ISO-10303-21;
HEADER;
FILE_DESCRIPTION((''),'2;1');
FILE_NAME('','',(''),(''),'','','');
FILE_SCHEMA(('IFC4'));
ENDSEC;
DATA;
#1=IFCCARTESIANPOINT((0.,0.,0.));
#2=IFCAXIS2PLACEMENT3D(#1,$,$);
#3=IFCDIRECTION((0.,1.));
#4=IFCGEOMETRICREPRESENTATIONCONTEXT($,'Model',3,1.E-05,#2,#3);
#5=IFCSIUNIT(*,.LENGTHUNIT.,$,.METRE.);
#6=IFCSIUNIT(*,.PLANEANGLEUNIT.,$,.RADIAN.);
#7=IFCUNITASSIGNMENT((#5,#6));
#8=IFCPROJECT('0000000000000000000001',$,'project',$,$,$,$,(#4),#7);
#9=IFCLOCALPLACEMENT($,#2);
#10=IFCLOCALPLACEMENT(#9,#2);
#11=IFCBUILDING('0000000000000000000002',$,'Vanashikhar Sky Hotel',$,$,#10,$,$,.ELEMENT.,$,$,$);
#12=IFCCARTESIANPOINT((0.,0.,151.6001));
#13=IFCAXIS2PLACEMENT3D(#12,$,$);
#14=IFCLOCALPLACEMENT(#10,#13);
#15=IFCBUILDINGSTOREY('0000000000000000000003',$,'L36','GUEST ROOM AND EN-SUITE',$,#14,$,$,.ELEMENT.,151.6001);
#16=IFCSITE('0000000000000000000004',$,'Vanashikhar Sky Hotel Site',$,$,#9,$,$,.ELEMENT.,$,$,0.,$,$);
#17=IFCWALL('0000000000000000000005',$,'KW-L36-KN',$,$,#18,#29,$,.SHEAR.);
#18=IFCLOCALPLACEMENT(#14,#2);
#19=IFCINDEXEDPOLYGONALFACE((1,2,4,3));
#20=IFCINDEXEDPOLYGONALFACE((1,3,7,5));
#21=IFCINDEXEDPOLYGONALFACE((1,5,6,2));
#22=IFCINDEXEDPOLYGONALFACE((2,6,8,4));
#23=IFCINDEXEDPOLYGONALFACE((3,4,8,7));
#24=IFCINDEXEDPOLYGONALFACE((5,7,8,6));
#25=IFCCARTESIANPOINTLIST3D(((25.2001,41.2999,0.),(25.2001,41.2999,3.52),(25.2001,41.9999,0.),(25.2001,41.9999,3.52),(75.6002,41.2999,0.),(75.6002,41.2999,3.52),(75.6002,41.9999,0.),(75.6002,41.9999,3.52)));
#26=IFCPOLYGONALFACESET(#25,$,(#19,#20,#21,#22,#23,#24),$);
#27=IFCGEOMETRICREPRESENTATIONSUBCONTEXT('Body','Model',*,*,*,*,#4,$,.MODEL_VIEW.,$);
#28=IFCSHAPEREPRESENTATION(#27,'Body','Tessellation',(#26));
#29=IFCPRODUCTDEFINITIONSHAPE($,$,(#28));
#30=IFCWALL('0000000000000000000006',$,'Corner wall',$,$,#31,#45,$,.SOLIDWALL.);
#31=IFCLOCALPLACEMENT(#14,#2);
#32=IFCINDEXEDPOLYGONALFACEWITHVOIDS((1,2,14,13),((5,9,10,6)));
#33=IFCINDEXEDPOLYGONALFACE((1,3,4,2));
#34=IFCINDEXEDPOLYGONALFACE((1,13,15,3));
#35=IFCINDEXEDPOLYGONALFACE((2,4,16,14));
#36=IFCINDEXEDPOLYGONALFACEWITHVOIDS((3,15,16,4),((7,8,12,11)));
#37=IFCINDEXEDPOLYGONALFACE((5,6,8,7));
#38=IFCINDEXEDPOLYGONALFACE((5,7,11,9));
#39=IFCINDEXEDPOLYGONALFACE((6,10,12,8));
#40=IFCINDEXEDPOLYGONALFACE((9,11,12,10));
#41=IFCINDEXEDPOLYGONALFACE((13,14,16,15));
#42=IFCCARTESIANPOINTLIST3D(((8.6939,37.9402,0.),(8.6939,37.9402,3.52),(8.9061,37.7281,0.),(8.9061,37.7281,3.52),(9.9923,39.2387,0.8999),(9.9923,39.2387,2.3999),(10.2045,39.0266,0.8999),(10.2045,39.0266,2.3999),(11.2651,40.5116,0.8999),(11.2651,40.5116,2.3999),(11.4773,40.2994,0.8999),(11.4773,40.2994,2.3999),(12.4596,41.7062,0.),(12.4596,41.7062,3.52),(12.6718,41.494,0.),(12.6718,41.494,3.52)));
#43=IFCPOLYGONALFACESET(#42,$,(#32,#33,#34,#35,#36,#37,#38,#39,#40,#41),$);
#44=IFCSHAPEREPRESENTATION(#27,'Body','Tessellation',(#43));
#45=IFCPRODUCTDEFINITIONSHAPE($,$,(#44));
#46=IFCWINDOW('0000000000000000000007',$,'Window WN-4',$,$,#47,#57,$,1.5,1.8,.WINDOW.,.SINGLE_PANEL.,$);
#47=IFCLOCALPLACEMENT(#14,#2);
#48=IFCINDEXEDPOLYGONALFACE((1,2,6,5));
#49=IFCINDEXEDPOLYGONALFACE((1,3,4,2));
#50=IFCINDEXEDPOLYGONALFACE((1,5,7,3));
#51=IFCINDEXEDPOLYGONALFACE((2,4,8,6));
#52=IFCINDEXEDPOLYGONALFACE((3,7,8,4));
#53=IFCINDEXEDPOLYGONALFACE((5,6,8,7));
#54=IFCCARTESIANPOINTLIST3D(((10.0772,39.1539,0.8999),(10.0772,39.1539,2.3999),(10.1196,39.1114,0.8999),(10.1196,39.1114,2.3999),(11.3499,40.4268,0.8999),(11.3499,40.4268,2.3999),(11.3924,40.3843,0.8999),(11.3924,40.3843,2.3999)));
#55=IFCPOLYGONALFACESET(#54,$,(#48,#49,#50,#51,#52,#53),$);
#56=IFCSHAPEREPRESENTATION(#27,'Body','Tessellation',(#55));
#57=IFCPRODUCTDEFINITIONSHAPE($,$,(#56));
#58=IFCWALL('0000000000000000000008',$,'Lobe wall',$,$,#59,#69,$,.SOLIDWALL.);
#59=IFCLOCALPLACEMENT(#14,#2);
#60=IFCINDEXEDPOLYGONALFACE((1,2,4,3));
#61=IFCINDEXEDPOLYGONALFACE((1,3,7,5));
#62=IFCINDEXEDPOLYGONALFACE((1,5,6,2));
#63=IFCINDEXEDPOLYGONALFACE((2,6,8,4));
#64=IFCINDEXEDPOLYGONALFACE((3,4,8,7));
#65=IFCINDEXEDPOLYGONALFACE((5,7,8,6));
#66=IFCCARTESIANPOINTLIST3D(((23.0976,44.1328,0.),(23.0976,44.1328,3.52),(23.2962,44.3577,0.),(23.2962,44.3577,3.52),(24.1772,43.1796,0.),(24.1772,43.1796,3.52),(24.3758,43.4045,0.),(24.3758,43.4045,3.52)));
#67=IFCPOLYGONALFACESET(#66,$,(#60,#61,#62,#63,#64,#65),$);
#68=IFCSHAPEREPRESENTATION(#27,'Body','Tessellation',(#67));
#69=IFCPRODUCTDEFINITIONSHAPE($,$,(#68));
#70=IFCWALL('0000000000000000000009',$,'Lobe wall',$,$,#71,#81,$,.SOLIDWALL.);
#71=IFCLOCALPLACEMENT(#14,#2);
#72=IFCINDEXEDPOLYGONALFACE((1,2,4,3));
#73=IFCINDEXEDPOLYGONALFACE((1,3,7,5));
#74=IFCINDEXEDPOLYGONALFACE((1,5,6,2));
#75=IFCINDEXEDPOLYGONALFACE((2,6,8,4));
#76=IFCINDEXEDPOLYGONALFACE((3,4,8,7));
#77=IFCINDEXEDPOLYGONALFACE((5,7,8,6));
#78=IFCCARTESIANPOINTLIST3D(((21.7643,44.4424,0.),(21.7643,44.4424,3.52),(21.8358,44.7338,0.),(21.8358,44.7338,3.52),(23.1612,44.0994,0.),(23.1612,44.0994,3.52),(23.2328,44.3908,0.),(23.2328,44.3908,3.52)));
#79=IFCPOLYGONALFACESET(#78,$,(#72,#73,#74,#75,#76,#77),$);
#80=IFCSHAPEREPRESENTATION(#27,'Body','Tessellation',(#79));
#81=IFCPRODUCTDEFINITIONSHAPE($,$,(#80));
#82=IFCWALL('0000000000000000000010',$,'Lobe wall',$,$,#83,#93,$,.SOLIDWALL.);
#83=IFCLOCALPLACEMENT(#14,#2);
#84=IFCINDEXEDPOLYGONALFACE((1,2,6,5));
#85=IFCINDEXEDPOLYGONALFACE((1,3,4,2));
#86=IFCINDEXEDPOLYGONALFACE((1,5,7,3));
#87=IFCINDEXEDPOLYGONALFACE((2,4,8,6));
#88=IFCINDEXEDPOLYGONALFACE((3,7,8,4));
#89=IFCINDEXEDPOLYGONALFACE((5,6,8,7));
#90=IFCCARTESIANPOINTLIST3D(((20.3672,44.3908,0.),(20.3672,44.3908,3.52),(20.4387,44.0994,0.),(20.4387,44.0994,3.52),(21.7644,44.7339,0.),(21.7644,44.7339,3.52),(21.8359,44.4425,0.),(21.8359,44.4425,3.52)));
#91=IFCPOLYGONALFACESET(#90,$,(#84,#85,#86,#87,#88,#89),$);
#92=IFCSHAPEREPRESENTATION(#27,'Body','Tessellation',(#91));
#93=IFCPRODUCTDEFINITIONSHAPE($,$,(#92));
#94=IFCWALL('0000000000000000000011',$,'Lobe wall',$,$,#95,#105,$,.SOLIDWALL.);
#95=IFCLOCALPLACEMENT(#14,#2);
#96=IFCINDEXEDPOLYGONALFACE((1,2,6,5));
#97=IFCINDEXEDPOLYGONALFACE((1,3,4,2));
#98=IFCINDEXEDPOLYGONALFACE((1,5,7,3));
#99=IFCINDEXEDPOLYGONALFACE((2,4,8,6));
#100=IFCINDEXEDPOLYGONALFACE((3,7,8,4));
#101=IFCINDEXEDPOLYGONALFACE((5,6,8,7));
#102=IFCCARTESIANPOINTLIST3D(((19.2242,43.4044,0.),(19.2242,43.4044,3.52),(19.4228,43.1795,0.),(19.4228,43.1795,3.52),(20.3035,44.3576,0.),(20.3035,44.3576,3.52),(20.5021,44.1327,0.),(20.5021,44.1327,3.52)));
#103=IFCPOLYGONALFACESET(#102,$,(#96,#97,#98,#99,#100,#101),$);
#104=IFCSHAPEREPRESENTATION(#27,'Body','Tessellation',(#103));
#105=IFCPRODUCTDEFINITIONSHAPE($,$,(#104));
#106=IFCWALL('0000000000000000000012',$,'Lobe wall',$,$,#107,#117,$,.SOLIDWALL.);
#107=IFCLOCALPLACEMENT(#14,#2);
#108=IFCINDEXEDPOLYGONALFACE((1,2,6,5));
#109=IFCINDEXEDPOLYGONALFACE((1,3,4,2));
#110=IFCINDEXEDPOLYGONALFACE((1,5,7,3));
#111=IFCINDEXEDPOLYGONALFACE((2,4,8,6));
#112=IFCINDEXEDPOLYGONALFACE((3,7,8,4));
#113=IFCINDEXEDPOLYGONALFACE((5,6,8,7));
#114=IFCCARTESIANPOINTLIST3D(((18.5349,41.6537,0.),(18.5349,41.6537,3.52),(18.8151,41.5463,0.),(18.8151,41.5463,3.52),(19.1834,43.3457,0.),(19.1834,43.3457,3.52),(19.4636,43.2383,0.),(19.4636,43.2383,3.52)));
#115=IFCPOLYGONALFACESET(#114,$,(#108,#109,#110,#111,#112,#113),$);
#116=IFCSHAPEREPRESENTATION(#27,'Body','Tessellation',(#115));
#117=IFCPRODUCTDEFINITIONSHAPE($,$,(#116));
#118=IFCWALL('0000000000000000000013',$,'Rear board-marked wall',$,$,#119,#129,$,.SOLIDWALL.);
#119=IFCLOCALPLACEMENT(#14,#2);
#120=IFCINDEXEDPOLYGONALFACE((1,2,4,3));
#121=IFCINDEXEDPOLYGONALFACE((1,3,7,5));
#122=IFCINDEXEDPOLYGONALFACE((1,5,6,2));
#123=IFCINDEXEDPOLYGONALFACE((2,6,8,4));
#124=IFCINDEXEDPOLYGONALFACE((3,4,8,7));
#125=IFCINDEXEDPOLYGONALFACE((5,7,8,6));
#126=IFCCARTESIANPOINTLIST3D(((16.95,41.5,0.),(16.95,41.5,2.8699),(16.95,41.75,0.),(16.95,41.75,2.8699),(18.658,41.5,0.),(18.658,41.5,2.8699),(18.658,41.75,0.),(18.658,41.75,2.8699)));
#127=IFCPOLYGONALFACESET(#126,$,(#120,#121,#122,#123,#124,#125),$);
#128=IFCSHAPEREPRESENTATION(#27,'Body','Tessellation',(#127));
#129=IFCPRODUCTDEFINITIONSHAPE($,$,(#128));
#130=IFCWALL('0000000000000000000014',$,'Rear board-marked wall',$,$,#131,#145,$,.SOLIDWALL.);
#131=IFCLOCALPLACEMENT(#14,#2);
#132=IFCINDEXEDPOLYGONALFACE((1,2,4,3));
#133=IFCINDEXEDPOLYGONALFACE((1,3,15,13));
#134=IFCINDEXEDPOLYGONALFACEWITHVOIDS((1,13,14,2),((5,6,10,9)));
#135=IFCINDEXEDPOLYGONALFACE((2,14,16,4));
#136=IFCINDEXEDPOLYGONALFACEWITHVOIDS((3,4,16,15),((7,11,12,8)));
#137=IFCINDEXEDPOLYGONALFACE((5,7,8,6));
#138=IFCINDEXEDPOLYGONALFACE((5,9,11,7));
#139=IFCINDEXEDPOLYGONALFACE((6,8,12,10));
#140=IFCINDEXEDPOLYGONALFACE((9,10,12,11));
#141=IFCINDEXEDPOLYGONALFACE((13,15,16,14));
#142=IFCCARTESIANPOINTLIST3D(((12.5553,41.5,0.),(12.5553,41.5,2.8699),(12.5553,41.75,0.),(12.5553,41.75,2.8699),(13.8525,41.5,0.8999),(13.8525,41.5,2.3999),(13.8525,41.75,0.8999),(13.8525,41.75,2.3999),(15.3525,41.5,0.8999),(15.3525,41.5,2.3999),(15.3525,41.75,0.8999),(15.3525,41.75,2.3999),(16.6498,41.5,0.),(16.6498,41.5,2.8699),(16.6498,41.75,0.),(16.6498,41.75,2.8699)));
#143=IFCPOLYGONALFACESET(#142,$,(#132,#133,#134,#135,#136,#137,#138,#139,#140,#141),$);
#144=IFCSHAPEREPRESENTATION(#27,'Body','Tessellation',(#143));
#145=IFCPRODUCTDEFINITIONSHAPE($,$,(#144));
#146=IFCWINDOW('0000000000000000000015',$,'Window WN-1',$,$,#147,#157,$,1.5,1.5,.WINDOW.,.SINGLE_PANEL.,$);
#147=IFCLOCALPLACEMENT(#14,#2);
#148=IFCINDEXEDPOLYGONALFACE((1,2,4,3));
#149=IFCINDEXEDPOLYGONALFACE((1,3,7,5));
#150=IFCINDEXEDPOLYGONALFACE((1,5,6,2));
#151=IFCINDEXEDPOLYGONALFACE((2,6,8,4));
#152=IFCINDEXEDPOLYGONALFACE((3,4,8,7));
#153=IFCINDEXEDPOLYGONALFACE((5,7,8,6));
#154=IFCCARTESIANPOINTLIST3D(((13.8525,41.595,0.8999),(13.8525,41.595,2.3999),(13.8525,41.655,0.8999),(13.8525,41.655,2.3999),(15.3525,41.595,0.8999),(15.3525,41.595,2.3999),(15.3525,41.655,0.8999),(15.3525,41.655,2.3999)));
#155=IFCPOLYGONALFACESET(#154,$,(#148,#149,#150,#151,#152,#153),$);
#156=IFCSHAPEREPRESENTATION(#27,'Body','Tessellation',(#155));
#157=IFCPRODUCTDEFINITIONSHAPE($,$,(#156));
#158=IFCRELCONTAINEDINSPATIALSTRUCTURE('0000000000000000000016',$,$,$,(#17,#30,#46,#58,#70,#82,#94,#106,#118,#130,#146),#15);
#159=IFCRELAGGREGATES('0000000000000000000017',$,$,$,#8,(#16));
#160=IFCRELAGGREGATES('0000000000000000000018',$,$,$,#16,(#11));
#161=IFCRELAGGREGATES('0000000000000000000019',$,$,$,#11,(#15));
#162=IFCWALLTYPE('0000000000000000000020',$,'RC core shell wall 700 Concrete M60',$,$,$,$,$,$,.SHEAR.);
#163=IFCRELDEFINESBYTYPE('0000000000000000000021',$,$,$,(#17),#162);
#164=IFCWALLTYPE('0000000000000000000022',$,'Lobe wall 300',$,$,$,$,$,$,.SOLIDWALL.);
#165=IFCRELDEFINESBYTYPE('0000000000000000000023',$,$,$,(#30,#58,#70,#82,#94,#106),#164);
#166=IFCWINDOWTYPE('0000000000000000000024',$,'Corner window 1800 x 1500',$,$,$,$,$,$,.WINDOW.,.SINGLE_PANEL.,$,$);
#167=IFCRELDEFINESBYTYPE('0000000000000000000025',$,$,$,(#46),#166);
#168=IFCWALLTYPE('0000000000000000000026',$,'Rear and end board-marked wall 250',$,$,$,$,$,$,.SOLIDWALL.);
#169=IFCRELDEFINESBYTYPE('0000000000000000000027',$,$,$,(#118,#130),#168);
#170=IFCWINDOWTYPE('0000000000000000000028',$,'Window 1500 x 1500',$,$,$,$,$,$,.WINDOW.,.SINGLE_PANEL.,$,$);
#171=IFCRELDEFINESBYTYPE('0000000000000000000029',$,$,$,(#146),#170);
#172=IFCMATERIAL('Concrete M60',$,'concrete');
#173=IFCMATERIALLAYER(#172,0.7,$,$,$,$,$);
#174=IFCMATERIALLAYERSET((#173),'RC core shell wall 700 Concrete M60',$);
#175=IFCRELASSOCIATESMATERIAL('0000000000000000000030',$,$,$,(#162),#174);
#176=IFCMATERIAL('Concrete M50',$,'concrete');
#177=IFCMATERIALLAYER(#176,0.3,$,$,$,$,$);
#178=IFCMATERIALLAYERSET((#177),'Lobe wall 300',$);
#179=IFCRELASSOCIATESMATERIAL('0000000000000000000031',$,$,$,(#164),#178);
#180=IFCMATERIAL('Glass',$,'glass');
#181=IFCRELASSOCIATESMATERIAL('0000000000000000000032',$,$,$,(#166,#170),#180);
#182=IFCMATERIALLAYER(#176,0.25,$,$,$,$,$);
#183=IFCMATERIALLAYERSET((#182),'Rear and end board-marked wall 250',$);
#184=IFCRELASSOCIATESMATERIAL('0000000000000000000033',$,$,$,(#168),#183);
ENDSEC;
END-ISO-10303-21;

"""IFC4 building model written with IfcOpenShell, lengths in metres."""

from ifc_helpers import new_model, si_unit, direction, frame, frame_2d, origin, place, context, subcontext, project, spatial, rectangle, extrude, source, transform, mapped, material, layer, layer_set, type_object, element, fill, save


model = new_model("IFC4")

# Units and contexts
model_context = context("Model", 3, precision=1e-05, world=origin(), true_north=direction((0.0, 1.0)))
body_context = subcontext(model_context, "Body", "Model", "MODEL_VIEW")
ifc_project = project(units=[si_unit("LENGTHUNIT", "METRE"), si_unit("PLANEANGLEUNIT", "RADIAN")], contexts=[model_context])

# Site, building, storey
site_placement = place(None, origin())
site = spatial("IfcSite", under=ifc_project, at=site_placement, Name="Vanashikhar Sky Hotel Site", CompositionType="ELEMENT", RefElevation=0.0)
building_placement = place(site_placement, origin())
building = spatial("IfcBuilding", under=site, at=building_placement, Name="Vanashikhar Sky Hotel", CompositionType="ELEMENT")
storey_placement = place(building_placement, frame((0.0, 0.0, 151.6001)))
storey = spatial("IfcBuildingStorey", under=building, at=storey_placement, Name="L36", Description="GUEST ROOM AND EN-SUITE", CompositionType="ELEMENT", Elevation=151.6001)

# Wall
ifc_material_1 = material(Name="Concrete M60", Category="concrete")
ifc_layer_1 = layer(ifc_material_1, 0.7)
ifc_layer_set_1 = layer_set([ifc_layer_1], Name="RC core shell wall 700 Concrete M60")
wall_type_1 = type_object("IfcWallType", Name="RC core shell wall 700 Concrete M60", PredefinedType="SHEAR", material=ifc_layer_set_1)
shared_shape_1 = source(origin(), body_context, "Body", "SweptSolid", [
    extrude(rectangle(XDim=50.4001, YDim=0.7, at=frame_2d((25.2002, 0.0))), origin(), (0.0, 0.0, 1.0), 3.52),
])
wall_1_placement = place(storey_placement, frame((25.2, 41.6499, 0.0), z_axis=(0.0, 0.0, 1.0), x_axis=(1.0, 0.0, 0.0)))
element("IfcWall", 1, at=wall_1_placement, inside=storey, type_object=wall_type_1, Name="KW-L36-KN", PredefinedType="SHEAR", context=body_context, shape_type="MappedRepresentation", body=[
    mapped(shared_shape_1, transform((0.0, 0.0, 0.0), scale=1.0)),
])

# Wall, opening, window
ifc_material_2 = material(Name="Concrete M50", Category="concrete")
ifc_layer_2 = layer(ifc_material_2, 0.3)
ifc_layer_set_2 = layer_set([ifc_layer_2], Name="Lobe wall 300")
wall_type_2 = type_object("IfcWallType", Name="Lobe wall 300", PredefinedType="SOLIDWALL", material=ifc_layer_set_2)
shared_shape_2 = source(origin(), body_context, "Body", "SweptSolid", [
    extrude(rectangle(XDim=5.3257, YDim=0.3, at=frame_2d((2.6628, 0.0))), origin(), (0.0, 0.0, 1.0), 3.52),
])
wall_2_placement = place(storey_placement, frame((12.5657, 41.6001, 0.0), z_axis=(0.0, 0.0, 1.0), x_axis=(-0.707084, -0.70713, 0.0)))
wall_2 = element("IfcWall", 2, at=wall_2_placement, inside=storey, type_object=wall_type_2, Name="Corner wall", PredefinedType="SOLIDWALL", context=body_context, shape_type="MappedRepresentation", body=[
    mapped(shared_shape_2, transform((0.0, 0.0, 0.0), scale=1.0)),
])
shared_shape_3 = source(origin(), body_context, "Body", "SweptSolid", [
    extrude(rectangle(XDim=1.8, YDim=1.5, at=frame_2d((0.8999, 0.75))), frame((0.0, 0.1602, 0.0), z_axis=(0.0, -1.0, 0.0), x_axis=(1.0, 0.0, 0.0)), (0.0, 0.0, 1.0), 0.3201),
])
opening_1_placement = place(wall_2_placement, frame((1.6895, 0.0, 0.8999)))
opening_1 = element("IfcOpeningElement", 3, at=opening_1_placement, cuts=wall_2, PredefinedType="OPENING", context=body_context, shape_type="MappedRepresentation", body=[
    mapped(shared_shape_3, transform((0.0, 0.0, 0.0), scale=1.0)),
])
ifc_material_3 = material(Name="Glass", Category="glass")
window_type_1 = type_object("IfcWindowType", Name="Corner window 1800 x 1500", PartitioningType="SINGLE_PANEL", PredefinedType="WINDOW", material=ifc_material_3)
shared_shape_4 = source(origin(), body_context, "Body", "SweptSolid", [
    extrude(rectangle(XDim=1.8, YDim=1.5, at=frame_2d((0.8999, 0.75))), frame((0.0, 0.03, 0.0), z_axis=(0.0, -1.0, 0.0), x_axis=(1.0, 0.0, 0.0)), (0.0, 0.0, 1.0), 0.0601),
])
window_1_placement = place(opening_1_placement, origin())
window_1 = element("IfcWindow", 4, at=window_1_placement, inside=storey, type_object=window_type_1, Name="Window WN-4", OverallHeight=1.5, OverallWidth=1.8, PartitioningType="SINGLE_PANEL", PredefinedType="WINDOW", context=body_context, shape_type="MappedRepresentation", body=[
    mapped(shared_shape_4, transform((0.0, 0.0, 0.0), scale=1.0)),
])
fill(opening_1, window_1)

# Walls
shared_shape_5 = source(origin(), body_context, "Body", "SweptSolid", [
    extrude(rectangle(XDim=1.4402, YDim=0.3, at=frame_2d((0.7202, 0.0))), origin(), (0.0, 0.0, 1.0), 3.52),
])
wall_3_placement = place(storey_placement, frame((24.2766, 43.292, 0.0), z_axis=(0.0, 0.0, 1.0), x_axis=(-0.74965, 0.661835, 0.0)))
element("IfcWall", 5, at=wall_3_placement, inside=storey, type_object=wall_type_2, Name="Lobe wall", PredefinedType="SOLIDWALL", context=body_context, shape_type="MappedRepresentation", body=[
    mapped(shared_shape_5, transform((0.0, 0.0, 0.0), scale=1.0)),
])
shared_shape_6 = source(origin(), body_context, "Body", "SweptSolid", [
    extrude(rectangle(XDim=1.4385, YDim=0.3, at=frame_2d((0.7192, 0.0))), origin(), (0.0, 0.0, 1.0), 3.52),
])
wall_4_placement = place(storey_placement, frame((23.197, 44.2451, 0.0), z_axis=(0.0, 0.0, 1.0), x_axis=(-0.971152, 0.23846, 0.0)))
element("IfcWall", 6, at=wall_4_placement, inside=storey, type_object=wall_type_2, Name="Lobe wall", PredefinedType="SOLIDWALL", context=body_context, shape_type="MappedRepresentation", body=[
    mapped(shared_shape_6, transform((0.0, 0.0, 0.0), scale=1.0)),
])
shared_shape_7 = source(origin(), body_context, "Body", "SweptSolid", [
    extrude(rectangle(XDim=1.4387, YDim=0.3, at=frame_2d((0.7192, 0.0))), origin(), (0.0, 0.0, 1.0), 3.52),
])
wall_5_placement = place(storey_placement, frame((21.8, 44.5881, 0.0), z_axis=(0.0, 0.0, 1.0), x_axis=(-0.971162, -0.238421, 0.0)))
element("IfcWall", 7, at=wall_5_placement, inside=storey, type_object=wall_type_2, Name="Lobe wall", PredefinedType="SOLIDWALL", context=body_context, shape_type="MappedRepresentation", body=[
    mapped(shared_shape_7, transform((0.0, 0.0, 0.0), scale=1.0)),
])
shared_shape_8 = source(origin(), body_context, "Body", "SweptSolid", [
    extrude(rectangle(XDim=1.4399, YDim=0.3, at=frame_2d((0.72, 0.0))), origin(), (0.0, 0.0, 1.0), 3.52),
])
wall_6_placement = place(storey_placement, frame((20.4028, 44.2451, 0.0), z_axis=(0.0, 0.0, 1.0), x_axis=(-0.749576, -0.661919, 0.0)))
element("IfcWall", 8, at=wall_6_placement, inside=storey, type_object=wall_type_2, Name="Lobe wall", PredefinedType="SOLIDWALL", context=body_context, shape_type="MappedRepresentation", body=[
    mapped(shared_shape_8, transform((0.0, 0.0, 0.0), scale=1.0)),
])
shared_shape_9 = source(origin(), body_context, "Body", "SweptSolid", [
    extrude(rectangle(XDim=1.812, YDim=0.3, at=frame_2d((0.906, 0.0))), origin(), (0.0, 0.0, 1.0), 3.52),
])
wall_7_placement = place(storey_placement, frame((19.3235, 43.292, 0.0), z_axis=(0.0, 0.0, 1.0), x_axis=(-0.357877, -0.933769, 0.0)))
element("IfcWall", 9, at=wall_7_placement, inside=storey, type_object=wall_type_2, Name="Lobe wall", PredefinedType="SOLIDWALL", context=body_context, shape_type="MappedRepresentation", body=[
    mapped(shared_shape_9, transform((0.0, 0.0, 0.0), scale=1.0)),
])
ifc_layer_3 = layer(ifc_material_2, 0.25)
ifc_layer_set_3 = layer_set([ifc_layer_3], Name="Rear and end board-marked wall 250")
wall_type_3 = type_object("IfcWallType", Name="Rear and end board-marked wall 250", PredefinedType="SOLIDWALL", material=ifc_layer_set_3)
shared_shape_10 = source(origin(), body_context, "Body", "SweptSolid", [
    extrude(rectangle(XDim=1.708, YDim=0.25, at=frame_2d((0.854, 0.0))), origin(), (0.0, 0.0, 1.0), 2.8699),
])
wall_8_placement = place(storey_placement, frame((18.658, 41.625, 0.0), z_axis=(0.0, 0.0, 1.0), x_axis=(-1.0, 0.0, 0.0)))
element("IfcWall", 10, at=wall_8_placement, inside=storey, type_object=wall_type_3, Name="Rear board-marked wall", PredefinedType="SOLIDWALL", context=body_context, shape_type="MappedRepresentation", body=[
    mapped(shared_shape_10, transform((0.0, 0.0, 0.0), scale=1.0)),
])

# Wall, opening, window
shared_shape_11 = source(origin(), body_context, "Body", "SweptSolid", [
    extrude(rectangle(XDim=4.0945, YDim=0.25, at=frame_2d((2.0474, 0.0))), origin(), (0.0, 0.0, 1.0), 2.8699),
])
wall_9_placement = place(storey_placement, frame((16.6499, 41.625, 0.0), z_axis=(0.0, 0.0, 1.0), x_axis=(-1.0, 0.0, 0.0)))
wall_9 = element("IfcWall", 11, at=wall_9_placement, inside=storey, type_object=wall_type_3, Name="Rear board-marked wall", PredefinedType="SOLIDWALL", context=body_context, shape_type="MappedRepresentation", body=[
    mapped(shared_shape_11, transform((0.0, 0.0, 0.0), scale=1.0)),
])
shared_shape_12 = source(origin(), body_context, "Body", "SweptSolid", [
    extrude(rectangle(XDim=1.5, YDim=1.5, at=frame_2d((0.75, 0.75))), frame((0.0, 0.135, 0.0), z_axis=(0.0, -1.0, 0.0), x_axis=(1.0, 0.0, 0.0)), (0.0, 0.0, 1.0), 0.27),
])
opening_2_placement = place(wall_9_placement, frame((1.2974, 0.0, 0.8999)))
opening_2 = element("IfcOpeningElement", 12, at=opening_2_placement, cuts=wall_9, PredefinedType="OPENING", context=body_context, shape_type="MappedRepresentation", body=[
    mapped(shared_shape_12, transform((0.0, 0.0, 0.0), scale=1.0)),
])
window_type_2 = type_object("IfcWindowType", Name="Window 1500 x 1500", PartitioningType="SINGLE_PANEL", PredefinedType="WINDOW", material=ifc_material_3)
shared_shape_13 = source(origin(), body_context, "Body", "SweptSolid", [
    extrude(rectangle(XDim=1.5, YDim=1.5, at=frame_2d((0.75, 0.75))), frame((0.0, 0.03, 0.0), z_axis=(0.0, -1.0, 0.0), x_axis=(1.0, 0.0, 0.0)), (0.0, 0.0, 1.0), 0.0601),
])
window_2_placement = place(opening_2_placement, origin())
window_2 = element("IfcWindow", 13, at=window_2_placement, inside=storey, type_object=window_type_2, Name="Window WN-1", OverallHeight=1.5, OverallWidth=1.5, PartitioningType="SINGLE_PANEL", PredefinedType="WINDOW", context=body_context, shape_type="MappedRepresentation", body=[
    mapped(shared_shape_13, transform((0.0, 0.0, 0.0), scale=1.0)),
])
fill(opening_2, window_2)

save(model, "model.ifc")
